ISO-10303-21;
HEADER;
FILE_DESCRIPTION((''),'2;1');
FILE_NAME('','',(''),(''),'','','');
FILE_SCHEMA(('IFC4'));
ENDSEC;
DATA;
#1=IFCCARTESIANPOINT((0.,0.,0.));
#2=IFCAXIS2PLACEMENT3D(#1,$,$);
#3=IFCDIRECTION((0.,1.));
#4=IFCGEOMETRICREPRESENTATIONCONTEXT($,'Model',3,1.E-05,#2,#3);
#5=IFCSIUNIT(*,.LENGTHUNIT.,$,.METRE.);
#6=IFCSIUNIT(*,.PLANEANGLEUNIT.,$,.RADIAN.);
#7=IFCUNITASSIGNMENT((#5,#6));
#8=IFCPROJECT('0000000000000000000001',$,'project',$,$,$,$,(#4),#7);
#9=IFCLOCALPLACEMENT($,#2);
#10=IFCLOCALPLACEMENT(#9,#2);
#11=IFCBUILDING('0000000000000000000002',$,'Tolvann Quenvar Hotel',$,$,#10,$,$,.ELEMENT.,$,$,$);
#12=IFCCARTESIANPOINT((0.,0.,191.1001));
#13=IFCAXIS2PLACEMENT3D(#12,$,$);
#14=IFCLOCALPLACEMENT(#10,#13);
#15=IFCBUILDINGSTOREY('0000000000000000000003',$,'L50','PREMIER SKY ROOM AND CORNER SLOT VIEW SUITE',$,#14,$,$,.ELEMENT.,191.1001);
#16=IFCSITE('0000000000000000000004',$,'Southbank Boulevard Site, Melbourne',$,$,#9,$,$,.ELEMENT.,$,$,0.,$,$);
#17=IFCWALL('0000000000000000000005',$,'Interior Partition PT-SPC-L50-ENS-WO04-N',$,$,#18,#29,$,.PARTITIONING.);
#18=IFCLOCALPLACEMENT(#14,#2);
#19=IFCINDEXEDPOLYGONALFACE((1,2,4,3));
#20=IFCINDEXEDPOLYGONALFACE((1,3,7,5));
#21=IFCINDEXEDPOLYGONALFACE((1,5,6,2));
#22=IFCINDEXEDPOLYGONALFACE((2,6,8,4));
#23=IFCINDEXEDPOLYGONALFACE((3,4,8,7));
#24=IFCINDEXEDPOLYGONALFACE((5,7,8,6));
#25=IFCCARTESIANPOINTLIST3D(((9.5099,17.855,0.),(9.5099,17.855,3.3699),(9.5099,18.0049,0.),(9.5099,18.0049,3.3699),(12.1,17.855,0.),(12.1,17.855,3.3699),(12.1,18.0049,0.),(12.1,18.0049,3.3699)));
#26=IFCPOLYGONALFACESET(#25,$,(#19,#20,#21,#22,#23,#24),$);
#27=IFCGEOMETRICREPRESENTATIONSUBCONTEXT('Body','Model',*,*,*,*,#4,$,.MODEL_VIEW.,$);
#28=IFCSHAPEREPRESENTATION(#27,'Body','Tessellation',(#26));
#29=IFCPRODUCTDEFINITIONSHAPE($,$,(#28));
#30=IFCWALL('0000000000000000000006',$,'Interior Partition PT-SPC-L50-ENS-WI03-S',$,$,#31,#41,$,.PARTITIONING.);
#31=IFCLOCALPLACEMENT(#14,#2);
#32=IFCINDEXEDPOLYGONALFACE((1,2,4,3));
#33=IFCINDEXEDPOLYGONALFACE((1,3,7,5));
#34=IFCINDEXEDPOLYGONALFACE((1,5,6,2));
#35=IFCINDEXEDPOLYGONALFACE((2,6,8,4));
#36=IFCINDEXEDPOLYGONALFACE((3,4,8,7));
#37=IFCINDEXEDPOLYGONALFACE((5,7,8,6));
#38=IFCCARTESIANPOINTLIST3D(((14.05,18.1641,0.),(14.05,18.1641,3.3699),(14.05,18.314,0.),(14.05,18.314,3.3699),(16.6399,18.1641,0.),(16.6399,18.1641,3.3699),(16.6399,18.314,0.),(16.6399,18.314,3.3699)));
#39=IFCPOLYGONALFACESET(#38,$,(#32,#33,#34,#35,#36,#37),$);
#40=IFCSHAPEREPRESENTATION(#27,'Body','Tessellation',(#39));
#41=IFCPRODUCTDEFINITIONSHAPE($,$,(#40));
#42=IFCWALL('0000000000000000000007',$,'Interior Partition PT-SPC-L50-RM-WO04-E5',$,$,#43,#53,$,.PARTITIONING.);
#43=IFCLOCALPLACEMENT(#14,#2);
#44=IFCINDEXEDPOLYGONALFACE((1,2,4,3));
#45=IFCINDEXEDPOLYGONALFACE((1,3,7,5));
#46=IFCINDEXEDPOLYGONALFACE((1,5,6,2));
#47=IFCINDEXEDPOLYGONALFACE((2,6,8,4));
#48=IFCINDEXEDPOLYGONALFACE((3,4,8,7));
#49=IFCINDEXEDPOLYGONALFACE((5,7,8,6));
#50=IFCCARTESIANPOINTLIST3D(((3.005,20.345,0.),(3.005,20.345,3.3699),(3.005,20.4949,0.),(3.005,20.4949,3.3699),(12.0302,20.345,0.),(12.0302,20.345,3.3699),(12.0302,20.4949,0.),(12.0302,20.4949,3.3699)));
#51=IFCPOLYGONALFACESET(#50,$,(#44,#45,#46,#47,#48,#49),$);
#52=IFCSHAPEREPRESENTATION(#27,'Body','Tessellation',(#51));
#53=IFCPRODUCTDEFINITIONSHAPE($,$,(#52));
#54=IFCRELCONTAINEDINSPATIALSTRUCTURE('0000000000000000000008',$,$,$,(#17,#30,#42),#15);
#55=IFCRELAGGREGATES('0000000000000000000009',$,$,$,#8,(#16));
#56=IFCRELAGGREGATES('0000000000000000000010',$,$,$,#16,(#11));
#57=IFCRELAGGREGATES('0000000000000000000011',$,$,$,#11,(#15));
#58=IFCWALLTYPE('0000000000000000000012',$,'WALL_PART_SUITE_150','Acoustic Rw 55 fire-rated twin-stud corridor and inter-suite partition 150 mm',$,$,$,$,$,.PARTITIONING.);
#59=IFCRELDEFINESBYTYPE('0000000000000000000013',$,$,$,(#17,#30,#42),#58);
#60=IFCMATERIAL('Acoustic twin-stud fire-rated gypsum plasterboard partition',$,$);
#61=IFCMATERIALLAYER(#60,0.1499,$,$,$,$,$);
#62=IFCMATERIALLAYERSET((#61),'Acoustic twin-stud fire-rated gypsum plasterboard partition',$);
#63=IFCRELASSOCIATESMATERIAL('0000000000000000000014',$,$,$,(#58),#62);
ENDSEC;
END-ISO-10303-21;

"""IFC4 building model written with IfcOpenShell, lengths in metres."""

from ifc_helpers import new_model, si_unit, direction, frame, frame_2d, origin, place, context, subcontext, project, spatial, rectangle, extrude, material, layer, layer_set, type_object, element, save


model = new_model("IFC4")

# Units and contexts
model_context = context("Model", 3, precision=1e-05, world=origin(), true_north=direction((0.0, 1.0)))
body_context = subcontext(model_context, "Body", "Model", "MODEL_VIEW")
ifc_project = project(units=[si_unit("LENGTHUNIT", "METRE"), si_unit("PLANEANGLEUNIT", "RADIAN")], contexts=[model_context])

# Site, building, storey
site_placement = place(None, origin())
site = spatial("IfcSite", under=ifc_project, at=site_placement, Name="Southbank Boulevard Site, Melbourne", CompositionType="ELEMENT", RefElevation=0.0)
building_placement = place(site_placement, origin())
building = spatial("IfcBuilding", under=site, at=building_placement, Name="Tolvann Quenvar Hotel", CompositionType="ELEMENT")
storey_placement = place(building_placement, frame((0.0, 0.0, 191.1001)))
storey = spatial("IfcBuildingStorey", under=building, at=storey_placement, Name="L50", Description="PREMIER SKY ROOM AND CORNER SLOT VIEW SUITE", CompositionType="ELEMENT", Elevation=191.1001)

# Shared definitions
ifc_material_1 = material(Name="Acoustic twin-stud fire-rated gypsum plasterboard partition")

# Shared definitions
ifc_layer_1 = layer(ifc_material_1, 0.1499)
ifc_layer_set_1 = layer_set([ifc_layer_1], Name="Acoustic twin-stud fire-rated gypsum plasterboard partition")
wall_type_1 = type_object("IfcWallType", Name="WALL_PART_SUITE_150", Description="Acoustic Rw 55 fire-rated twin-stud corridor and inter-suite partition 150 mm", PredefinedType="PARTITIONING", material=ifc_layer_set_1)

# Walls
wall_1_placement = place(storey_placement, frame((9.51, 17.9299, 0.0), z_axis=(0.0, 0.0, 1.0), x_axis=(1.0, 0.0, 0.0)))
element("IfcWall", 1, at=wall_1_placement, inside=storey, type_object=wall_type_1, Name="Interior Partition PT-SPC-L50-ENS-WO04-N", PredefinedType="PARTITIONING", context=body_context, shape_type="SweptSolid", body=[
    extrude(rectangle(XDim=2.5901, YDim=0.1499, at=frame_2d((1.2949, 0.0))), origin(), (0.0, 0.0, 1.0), 3.3699),
])
wall_2_placement = place(storey_placement, frame((14.05, 18.239, 0.0), z_axis=(0.0, 0.0, 1.0), x_axis=(1.0, 0.0, 0.0)))
element("IfcWall", 2, at=wall_2_placement, inside=storey, type_object=wall_type_1, Name="Interior Partition PT-SPC-L50-ENS-WI03-S", PredefinedType="PARTITIONING", context=body_context, shape_type="SweptSolid", body=[
    extrude(rectangle(XDim=2.5898, YDim=0.1499, at=frame_2d((1.2949, 0.0))), origin(), (0.0, 0.0, 1.0), 3.3699),
])

# Wall
wall_3_placement = place(storey_placement, frame((3.0049, 20.4199, 0.0), z_axis=(0.0, 0.0, 1.0), x_axis=(1.0, 0.0, 0.0)))
element("IfcWall", 3, at=wall_3_placement, inside=storey, type_object=wall_type_1, Name="Interior Partition PT-SPC-L50-RM-WO04-E5", PredefinedType="PARTITIONING", context=body_context, shape_type="SweptSolid", body=[
    extrude(rectangle(XDim=9.0251, YDim=0.1499, at=frame_2d((4.5127, 0.0))), origin(), (0.0, 0.0, 1.0), 3.3699),
])

save(model, "model.ifc")
